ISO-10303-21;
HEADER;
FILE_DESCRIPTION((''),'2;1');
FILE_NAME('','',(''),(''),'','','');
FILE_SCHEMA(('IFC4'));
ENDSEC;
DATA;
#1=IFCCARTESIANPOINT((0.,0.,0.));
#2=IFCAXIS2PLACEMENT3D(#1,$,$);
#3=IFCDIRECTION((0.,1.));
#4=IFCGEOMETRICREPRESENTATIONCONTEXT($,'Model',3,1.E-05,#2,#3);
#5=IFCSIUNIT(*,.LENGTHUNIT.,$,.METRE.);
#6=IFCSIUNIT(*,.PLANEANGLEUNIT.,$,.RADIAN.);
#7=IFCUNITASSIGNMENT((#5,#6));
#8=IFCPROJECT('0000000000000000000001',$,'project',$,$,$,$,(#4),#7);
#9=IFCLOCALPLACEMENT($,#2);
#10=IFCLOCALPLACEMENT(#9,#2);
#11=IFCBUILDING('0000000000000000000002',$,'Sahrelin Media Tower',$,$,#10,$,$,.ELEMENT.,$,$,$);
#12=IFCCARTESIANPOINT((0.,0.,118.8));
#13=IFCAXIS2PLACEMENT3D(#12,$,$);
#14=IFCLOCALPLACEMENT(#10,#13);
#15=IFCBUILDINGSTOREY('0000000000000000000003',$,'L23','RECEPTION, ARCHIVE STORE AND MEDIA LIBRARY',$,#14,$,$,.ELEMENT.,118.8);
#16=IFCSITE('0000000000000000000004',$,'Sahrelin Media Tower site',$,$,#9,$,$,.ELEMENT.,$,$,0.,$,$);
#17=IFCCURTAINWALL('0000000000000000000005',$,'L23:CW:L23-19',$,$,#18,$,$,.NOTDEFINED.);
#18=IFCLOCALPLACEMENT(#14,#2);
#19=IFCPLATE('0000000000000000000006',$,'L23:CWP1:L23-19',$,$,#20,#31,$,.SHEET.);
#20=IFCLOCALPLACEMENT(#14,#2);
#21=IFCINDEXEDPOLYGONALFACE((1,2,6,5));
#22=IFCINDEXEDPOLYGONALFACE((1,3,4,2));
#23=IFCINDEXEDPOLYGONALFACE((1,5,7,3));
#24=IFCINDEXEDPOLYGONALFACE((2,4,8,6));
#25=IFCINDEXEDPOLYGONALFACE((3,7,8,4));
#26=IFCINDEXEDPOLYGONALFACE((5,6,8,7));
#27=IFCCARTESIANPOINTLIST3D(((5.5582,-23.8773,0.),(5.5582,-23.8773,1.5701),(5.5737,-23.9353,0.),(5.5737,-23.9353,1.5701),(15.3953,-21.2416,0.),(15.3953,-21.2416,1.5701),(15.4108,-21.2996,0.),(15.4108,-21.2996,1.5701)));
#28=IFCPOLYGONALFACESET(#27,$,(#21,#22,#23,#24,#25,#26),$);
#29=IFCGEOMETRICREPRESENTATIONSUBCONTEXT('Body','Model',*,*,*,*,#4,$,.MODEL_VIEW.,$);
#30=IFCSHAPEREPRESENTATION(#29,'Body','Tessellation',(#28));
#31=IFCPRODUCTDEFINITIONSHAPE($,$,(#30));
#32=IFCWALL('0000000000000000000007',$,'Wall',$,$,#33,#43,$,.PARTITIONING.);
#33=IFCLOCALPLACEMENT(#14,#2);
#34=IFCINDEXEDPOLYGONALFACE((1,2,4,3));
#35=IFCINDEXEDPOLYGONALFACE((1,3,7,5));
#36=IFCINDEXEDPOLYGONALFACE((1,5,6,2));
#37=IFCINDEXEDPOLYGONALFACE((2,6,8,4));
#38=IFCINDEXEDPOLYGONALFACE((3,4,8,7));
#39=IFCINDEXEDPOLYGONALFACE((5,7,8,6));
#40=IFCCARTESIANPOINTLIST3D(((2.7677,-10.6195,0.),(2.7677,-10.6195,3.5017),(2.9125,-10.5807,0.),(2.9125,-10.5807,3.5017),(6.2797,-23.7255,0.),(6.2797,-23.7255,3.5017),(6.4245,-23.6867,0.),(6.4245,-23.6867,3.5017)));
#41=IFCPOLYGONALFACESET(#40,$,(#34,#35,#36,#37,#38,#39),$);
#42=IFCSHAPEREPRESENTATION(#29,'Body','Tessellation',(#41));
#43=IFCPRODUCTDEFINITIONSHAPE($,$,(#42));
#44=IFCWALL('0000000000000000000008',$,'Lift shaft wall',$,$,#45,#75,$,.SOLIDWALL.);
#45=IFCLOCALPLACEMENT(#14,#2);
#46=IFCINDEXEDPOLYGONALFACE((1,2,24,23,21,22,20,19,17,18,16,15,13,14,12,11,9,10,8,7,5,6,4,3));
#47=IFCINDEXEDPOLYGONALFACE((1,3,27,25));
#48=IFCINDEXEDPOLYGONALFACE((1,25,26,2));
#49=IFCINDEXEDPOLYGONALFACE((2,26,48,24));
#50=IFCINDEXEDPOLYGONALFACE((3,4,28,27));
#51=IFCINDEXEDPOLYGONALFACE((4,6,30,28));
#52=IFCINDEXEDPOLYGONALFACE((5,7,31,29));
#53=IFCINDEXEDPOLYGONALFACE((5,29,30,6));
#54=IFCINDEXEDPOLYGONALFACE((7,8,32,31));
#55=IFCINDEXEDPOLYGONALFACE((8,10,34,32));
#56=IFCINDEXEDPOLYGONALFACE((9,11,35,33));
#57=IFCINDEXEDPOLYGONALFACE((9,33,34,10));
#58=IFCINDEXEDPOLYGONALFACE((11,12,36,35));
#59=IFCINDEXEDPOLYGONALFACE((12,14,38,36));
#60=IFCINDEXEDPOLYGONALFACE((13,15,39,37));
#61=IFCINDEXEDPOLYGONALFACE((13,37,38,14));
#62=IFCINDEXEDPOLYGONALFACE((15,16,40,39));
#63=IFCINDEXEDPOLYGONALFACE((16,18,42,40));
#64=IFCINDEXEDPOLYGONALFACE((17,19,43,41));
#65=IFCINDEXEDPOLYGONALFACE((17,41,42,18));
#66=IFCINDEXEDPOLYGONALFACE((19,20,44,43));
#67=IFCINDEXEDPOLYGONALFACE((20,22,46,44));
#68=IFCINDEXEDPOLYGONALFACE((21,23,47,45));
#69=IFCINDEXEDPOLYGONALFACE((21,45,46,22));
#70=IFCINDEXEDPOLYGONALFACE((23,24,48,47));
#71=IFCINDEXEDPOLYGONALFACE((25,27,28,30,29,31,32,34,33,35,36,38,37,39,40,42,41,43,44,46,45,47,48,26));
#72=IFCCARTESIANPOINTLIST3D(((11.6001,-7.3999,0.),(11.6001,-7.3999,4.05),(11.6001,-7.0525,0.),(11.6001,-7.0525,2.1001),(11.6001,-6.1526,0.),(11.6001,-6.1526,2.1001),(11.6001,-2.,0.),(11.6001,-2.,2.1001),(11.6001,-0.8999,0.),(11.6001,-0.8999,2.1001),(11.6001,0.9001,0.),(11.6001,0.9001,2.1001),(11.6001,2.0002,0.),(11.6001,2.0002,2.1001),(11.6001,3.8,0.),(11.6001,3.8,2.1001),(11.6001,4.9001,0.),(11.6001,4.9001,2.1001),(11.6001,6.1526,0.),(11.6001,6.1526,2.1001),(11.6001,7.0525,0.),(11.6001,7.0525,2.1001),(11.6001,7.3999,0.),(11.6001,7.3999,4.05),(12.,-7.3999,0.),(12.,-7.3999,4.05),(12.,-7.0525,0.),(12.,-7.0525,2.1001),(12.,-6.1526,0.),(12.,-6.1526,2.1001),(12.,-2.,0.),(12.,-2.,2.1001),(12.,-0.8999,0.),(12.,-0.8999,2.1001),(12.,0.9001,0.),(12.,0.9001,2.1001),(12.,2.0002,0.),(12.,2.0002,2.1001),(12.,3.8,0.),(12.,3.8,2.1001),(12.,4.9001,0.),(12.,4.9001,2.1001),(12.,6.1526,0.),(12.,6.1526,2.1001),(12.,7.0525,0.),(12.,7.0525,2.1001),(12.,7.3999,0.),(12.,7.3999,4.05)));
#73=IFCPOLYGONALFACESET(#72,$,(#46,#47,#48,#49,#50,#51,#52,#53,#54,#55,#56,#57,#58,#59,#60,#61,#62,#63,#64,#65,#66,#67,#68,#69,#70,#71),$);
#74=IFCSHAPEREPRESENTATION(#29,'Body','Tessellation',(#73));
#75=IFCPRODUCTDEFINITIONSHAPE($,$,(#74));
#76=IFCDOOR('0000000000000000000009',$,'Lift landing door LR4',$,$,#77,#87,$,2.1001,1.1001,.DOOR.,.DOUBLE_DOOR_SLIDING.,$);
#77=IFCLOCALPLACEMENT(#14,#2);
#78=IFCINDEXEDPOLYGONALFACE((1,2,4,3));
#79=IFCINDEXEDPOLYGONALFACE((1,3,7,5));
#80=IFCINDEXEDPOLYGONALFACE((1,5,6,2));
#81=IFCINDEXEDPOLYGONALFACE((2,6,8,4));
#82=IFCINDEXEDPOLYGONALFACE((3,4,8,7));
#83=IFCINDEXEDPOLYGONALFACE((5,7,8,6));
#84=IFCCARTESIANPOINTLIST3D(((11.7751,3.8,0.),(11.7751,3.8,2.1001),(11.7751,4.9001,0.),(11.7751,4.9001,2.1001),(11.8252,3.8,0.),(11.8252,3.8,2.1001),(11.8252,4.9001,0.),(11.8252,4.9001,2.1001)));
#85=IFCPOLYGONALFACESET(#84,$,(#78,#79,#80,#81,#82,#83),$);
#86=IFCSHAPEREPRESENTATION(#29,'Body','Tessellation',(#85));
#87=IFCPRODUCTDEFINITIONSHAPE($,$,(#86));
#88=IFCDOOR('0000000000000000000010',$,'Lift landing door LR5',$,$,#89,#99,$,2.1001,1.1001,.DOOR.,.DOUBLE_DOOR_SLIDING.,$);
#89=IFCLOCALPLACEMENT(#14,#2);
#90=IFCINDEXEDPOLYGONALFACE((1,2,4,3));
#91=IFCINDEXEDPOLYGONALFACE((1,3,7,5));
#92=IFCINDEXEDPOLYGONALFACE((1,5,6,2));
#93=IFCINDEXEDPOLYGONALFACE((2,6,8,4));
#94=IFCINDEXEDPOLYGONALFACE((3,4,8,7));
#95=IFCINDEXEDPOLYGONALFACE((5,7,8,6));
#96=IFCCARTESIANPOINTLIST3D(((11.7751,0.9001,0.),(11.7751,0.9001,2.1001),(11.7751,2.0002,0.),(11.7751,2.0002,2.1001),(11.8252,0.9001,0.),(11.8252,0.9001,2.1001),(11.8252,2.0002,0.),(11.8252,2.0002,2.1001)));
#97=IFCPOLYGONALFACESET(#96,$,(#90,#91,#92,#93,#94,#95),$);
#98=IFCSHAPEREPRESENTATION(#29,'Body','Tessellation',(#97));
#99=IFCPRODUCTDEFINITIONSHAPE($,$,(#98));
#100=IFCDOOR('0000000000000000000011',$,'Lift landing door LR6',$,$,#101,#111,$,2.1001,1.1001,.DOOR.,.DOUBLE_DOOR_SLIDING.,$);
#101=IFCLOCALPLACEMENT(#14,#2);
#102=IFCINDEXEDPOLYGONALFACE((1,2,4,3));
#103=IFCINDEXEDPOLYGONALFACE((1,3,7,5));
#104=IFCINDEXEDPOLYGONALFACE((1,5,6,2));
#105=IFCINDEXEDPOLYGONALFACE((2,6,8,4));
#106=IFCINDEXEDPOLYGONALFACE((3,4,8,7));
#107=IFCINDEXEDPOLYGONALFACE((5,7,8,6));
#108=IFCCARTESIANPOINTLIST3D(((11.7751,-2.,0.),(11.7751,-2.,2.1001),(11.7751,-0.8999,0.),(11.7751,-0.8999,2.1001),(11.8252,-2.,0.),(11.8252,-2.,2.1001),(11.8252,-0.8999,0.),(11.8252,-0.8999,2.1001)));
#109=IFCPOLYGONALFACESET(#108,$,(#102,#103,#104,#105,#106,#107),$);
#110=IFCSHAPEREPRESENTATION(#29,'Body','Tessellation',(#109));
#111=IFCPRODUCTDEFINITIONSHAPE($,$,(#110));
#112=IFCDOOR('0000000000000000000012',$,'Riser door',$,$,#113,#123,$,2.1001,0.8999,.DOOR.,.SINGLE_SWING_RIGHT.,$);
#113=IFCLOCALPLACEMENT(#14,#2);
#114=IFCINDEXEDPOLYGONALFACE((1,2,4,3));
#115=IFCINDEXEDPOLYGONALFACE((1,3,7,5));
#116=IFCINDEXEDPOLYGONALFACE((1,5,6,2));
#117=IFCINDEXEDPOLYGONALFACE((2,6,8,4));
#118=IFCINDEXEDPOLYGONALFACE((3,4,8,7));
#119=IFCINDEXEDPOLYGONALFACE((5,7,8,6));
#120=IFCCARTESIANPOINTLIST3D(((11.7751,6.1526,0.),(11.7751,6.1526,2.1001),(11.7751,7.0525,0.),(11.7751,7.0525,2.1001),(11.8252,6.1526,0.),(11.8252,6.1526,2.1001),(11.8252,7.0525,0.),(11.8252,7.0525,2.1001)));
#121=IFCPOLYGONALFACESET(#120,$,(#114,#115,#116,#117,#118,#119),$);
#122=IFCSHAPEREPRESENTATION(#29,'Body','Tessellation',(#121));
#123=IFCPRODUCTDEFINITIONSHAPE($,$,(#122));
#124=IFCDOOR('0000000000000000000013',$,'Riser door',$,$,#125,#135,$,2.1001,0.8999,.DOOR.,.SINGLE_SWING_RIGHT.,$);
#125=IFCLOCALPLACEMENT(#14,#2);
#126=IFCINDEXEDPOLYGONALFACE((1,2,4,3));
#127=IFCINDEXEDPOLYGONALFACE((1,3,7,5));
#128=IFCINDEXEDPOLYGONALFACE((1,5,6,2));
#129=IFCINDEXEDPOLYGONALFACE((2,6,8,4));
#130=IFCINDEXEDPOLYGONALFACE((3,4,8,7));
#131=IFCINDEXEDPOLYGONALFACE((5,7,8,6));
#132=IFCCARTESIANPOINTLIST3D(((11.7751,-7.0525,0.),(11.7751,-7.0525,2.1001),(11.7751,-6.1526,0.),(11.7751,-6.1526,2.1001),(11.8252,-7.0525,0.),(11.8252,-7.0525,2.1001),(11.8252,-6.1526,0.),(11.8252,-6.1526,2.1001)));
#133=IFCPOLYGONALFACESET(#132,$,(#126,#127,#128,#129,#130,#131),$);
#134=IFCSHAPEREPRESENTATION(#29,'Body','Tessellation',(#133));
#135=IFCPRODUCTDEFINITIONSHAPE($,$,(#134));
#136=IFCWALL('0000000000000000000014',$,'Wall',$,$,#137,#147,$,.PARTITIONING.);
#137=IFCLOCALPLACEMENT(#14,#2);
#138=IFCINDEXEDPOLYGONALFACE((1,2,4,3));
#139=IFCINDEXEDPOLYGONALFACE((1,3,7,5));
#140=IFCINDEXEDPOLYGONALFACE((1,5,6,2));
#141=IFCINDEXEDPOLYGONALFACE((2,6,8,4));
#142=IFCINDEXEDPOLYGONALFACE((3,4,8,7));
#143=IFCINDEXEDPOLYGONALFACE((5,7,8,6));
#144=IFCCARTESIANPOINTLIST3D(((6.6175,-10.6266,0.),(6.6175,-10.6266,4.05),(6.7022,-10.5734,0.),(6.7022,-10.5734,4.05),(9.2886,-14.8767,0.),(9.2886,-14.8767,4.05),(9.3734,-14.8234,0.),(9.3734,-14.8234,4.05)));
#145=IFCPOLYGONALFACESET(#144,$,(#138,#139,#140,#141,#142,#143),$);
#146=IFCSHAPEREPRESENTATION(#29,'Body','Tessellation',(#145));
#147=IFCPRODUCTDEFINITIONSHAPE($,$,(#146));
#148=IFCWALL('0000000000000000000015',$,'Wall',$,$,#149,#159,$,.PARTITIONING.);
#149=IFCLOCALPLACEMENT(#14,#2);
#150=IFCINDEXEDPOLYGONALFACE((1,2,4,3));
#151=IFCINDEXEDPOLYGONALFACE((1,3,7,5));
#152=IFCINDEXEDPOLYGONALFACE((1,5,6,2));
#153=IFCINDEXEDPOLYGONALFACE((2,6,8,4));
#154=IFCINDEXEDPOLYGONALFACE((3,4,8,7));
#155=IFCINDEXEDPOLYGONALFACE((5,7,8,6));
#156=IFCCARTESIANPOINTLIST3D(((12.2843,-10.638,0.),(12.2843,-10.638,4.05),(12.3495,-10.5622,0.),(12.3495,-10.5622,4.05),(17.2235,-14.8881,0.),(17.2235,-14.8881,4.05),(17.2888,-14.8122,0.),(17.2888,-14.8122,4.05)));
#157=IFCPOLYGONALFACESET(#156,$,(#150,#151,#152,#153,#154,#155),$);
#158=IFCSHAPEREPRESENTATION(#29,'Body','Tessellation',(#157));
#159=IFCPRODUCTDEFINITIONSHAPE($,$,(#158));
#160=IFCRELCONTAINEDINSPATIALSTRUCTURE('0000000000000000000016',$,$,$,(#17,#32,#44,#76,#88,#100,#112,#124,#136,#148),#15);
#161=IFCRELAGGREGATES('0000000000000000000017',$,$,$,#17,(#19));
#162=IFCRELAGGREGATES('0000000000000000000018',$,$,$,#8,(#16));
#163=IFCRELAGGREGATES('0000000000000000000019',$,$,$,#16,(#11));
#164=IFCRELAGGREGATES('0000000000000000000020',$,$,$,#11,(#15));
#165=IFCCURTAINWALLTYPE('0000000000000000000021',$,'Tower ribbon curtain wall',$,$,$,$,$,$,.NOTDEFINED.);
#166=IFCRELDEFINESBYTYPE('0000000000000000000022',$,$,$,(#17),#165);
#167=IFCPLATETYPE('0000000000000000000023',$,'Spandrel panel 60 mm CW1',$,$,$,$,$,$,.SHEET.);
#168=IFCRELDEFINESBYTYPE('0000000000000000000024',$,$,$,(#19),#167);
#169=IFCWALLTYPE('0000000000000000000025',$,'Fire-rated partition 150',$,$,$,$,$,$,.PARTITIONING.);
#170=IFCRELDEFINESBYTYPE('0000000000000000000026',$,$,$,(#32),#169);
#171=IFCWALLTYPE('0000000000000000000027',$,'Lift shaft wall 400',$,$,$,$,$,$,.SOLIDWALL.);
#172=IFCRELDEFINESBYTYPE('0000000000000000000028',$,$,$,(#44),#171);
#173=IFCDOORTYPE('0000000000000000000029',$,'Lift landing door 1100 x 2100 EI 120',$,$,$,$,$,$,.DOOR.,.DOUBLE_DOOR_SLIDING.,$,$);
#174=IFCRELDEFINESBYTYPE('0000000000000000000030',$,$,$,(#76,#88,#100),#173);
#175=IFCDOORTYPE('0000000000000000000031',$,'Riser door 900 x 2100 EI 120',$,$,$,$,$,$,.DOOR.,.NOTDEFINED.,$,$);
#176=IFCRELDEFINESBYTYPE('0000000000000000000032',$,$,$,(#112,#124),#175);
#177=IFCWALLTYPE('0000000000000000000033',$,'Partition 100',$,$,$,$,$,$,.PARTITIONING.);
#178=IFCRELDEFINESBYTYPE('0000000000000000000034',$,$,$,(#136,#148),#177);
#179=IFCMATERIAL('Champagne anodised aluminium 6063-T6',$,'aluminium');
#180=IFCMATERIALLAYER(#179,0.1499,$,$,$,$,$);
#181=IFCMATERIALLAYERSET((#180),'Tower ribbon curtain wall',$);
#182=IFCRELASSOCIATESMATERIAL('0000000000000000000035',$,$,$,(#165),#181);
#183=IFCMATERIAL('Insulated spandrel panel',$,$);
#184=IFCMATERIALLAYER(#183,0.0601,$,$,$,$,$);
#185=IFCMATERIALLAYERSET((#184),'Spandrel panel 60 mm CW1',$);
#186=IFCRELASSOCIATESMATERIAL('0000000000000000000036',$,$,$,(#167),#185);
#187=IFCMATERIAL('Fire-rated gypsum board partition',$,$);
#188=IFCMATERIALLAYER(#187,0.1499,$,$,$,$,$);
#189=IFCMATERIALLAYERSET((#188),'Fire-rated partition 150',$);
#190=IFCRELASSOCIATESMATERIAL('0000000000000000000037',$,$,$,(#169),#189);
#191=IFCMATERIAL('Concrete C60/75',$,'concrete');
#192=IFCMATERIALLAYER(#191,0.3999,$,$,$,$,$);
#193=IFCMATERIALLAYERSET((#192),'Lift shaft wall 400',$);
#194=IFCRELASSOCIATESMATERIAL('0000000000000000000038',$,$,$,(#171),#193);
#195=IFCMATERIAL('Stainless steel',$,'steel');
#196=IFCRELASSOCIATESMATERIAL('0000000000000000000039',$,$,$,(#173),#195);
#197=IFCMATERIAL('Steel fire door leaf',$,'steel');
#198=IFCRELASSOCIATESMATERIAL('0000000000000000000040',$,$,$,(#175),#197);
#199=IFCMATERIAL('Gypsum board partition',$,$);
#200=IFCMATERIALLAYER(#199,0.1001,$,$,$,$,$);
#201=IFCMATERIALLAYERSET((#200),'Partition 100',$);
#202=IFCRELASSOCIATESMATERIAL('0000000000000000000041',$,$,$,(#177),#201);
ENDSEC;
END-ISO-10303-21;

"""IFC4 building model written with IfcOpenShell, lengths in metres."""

from ifc_helpers import new_model, si_unit, direction, frame, frame_2d, origin, place, context, subcontext, project, spatial, polyline, rectangle, outline, extrude, material, layer, layer_set, type_object, element, fill, aggregate, save


model = new_model("IFC4")

# Units and contexts
model_context = context("Model", 3, precision=1e-05, world=origin(), true_north=direction((0.0, 1.0)))
body_context = subcontext(model_context, "Body", "Model", "MODEL_VIEW")
ifc_project = project(units=[si_unit("LENGTHUNIT", "METRE"), si_unit("PLANEANGLEUNIT", "RADIAN")], contexts=[model_context])

# Site, building, storey
site_placement = place(None, origin())
site = spatial("IfcSite", under=ifc_project, at=site_placement, Name="Sahrelin Media Tower site", CompositionType="ELEMENT", RefElevation=0.0)
building_placement = place(site_placement, origin())
building = spatial("IfcBuilding", under=site, at=building_placement, Name="Sahrelin Media Tower", CompositionType="ELEMENT")
storey_placement = place(building_placement, frame((0.0, 0.0, 118.8)))
storey = spatial("IfcBuildingStorey", under=building, at=storey_placement, Name="L23", Description="RECEPTION, ARCHIVE STORE AND MEDIA LIBRARY", CompositionType="ELEMENT", Elevation=118.8)

# Curtain wall
ifc_material_1 = material(Name="Champagne anodised aluminium 6063-T6", Category="aluminium")
ifc_layer_1 = layer(ifc_material_1, 0.1499)
ifc_layer_set_1 = layer_set([ifc_layer_1], Name="Tower ribbon curtain wall")
curtain_wall_type = type_object("IfcCurtainWallType", Name="Tower ribbon curtain wall", PredefinedType="NOTDEFINED", material=ifc_layer_set_1)
curtain_wall_1_placement = place(storey_placement, frame((10.4871, -22.5981, 0.0), z_axis=(0.0, 0.0, 1.0), x_axis=(1.0, 0.0, 0.0)))
curtain_wall_1 = element("IfcCurtainWall", 1, at=curtain_wall_1_placement, inside=storey, type_object=curtain_wall_type, Name="L23:CW:L23-19", PredefinedType="NOTDEFINED")

# Plate
ifc_material_2 = material(Name="Insulated spandrel panel")
ifc_layer_2 = layer(ifc_material_2, 0.0601)
ifc_layer_set_2 = layer_set([ifc_layer_2], Name="Spandrel panel 60 mm CW1")
plate_type_1 = type_object("IfcPlateType", Name="Spandrel panel 60 mm CW1", PredefinedType="SHEET", material=ifc_layer_set_2)
plate_1_placement = place(storey_placement, frame((5.5737, -23.9353, 0.0), z_axis=(0.258808, -0.965929, 0.0), x_axis=(0.965929, 0.258808, 0.0)))
plate_1 = element("IfcPlate", 2, at=plate_1_placement, type_object=plate_type_1, Name="L23:CWP1:L23-19", PredefinedType="SHEET", context=body_context, shape_type="SweptSolid", body=[
    extrude(outline(polyline([(0.0, 0.0), (10.1841, 0.0), (10.1841, 1.5701), (0.0, 1.5701), (0.0, 0.0)])), origin(), (0.0, 0.0, -1.0), 0.0601),
])
aggregate(curtain_wall_1, [plate_1])

# Wall
ifc_material_3 = material(Name="Fire-rated gypsum board partition")
ifc_layer_3 = layer(ifc_material_3, 0.1499)
ifc_layer_set_3 = layer_set([ifc_layer_3], Name="Fire-rated partition 150")
wall_type_1 = type_object("IfcWallType", Name="Fire-rated partition 150", PredefinedType="PARTITIONING", material=ifc_layer_set_3)
wall_1_placement = place(storey_placement, frame((2.8401, -10.6001, 0.0), z_axis=(0.0, 0.0, 1.0), x_axis=(0.258835, -0.965922, 0.0)))
element("IfcWall", 3, at=wall_1_placement, inside=storey, type_object=wall_type_1, Name="Wall", PredefinedType="PARTITIONING", context=body_context, shape_type="SweptSolid", body=[
    extrude(rectangle(XDim=13.5684, YDim=0.1499, at=frame_2d((6.7842, 0.0))), origin(), (0.0, 0.0, 1.0), 3.5017),
])

# Wall, openings, doors
ifc_material_4 = material(Name="Concrete C60/75", Category="concrete")
ifc_layer_4 = layer(ifc_material_4, 0.3999)
ifc_layer_set_4 = layer_set([ifc_layer_4], Name="Lift shaft wall 400")
wall_type_2 = type_object("IfcWallType", Name="Lift shaft wall 400", PredefinedType="SOLIDWALL", material=ifc_layer_set_4)
wall_2_placement = place(storey_placement, frame((11.8, -7.3999, 0.0), z_axis=(0.0, 0.0, 1.0), x_axis=(0.0, 1.0, 0.0)))
wall_2 = element("IfcWall", 4, at=wall_2_placement, inside=storey, type_object=wall_type_2, Name="Lift shaft wall", PredefinedType="SOLIDWALL", context=body_context, shape_type="SweptSolid", body=[
    extrude(rectangle(XDim=14.7998, YDim=0.3999, at=frame_2d((7.3999, 0.0))), origin(), (0.0, 0.0, 1.0), 4.05),
])
opening_1_placement = place(wall_2_placement, frame((11.2, 0.0, 0.0)))
opening_1 = element("IfcOpeningElement", 5, at=opening_1_placement, cuts=wall_2, PredefinedType="OPENING", context=body_context, shape_type="SweptSolid", body=[
    extrude(rectangle(XDim=1.1001, YDim=2.1001, at=frame_2d((0.55, 1.05))), frame((0.0, 0.2, 0.0), z_axis=(0.0, -1.0, 0.0), x_axis=(1.0, 0.0, 0.0)), (0.0, 0.0, 1.0), 0.3999),
])
opening_2_placement = place(wall_2_placement, frame((8.3, 0.0, 0.0)))
opening_2 = element("IfcOpeningElement", 6, at=opening_2_placement, cuts=wall_2, PredefinedType="OPENING", context=body_context, shape_type="SweptSolid", body=[
    extrude(rectangle(XDim=1.1001, YDim=2.1001, at=frame_2d((0.55, 1.05))), frame((0.0, 0.2, 0.0), z_axis=(0.0, -1.0, 0.0), x_axis=(1.0, 0.0, 0.0)), (0.0, 0.0, 1.0), 0.3999),
])
opening_3_placement = place(wall_2_placement, frame((5.3999, 0.0, 0.0)))
opening_3 = element("IfcOpeningElement", 7, at=opening_3_placement, cuts=wall_2, PredefinedType="OPENING", context=body_context, shape_type="SweptSolid", body=[
    extrude(rectangle(XDim=1.1001, YDim=2.1001, at=frame_2d((0.55, 1.05))), frame((0.0, 0.2, 0.0), z_axis=(0.0, -1.0, 0.0), x_axis=(1.0, 0.0, 0.0)), (0.0, 0.0, 1.0), 0.3999),
])
opening_4_placement = place(wall_2_placement, frame((13.5525, 0.0, 0.0)))
opening_4 = element("IfcOpeningElement", 8, at=opening_4_placement, cuts=wall_2, PredefinedType="OPENING", context=body_context, shape_type="SweptSolid", body=[
    extrude(rectangle(XDim=0.8999, YDim=2.1001, at=frame_2d((0.45, 1.05))), frame((0.0, 0.2, 0.0), z_axis=(0.0, -1.0, 0.0), x_axis=(1.0, 0.0, 0.0)), (0.0, 0.0, 1.0), 0.3999),
])
opening_5_placement = place(wall_2_placement, frame((0.3474, 0.0, 0.0)))
opening_5 = element("IfcOpeningElement", 9, at=opening_5_placement, cuts=wall_2, PredefinedType="OPENING", context=body_context, shape_type="SweptSolid", body=[
    extrude(rectangle(XDim=0.8999, YDim=2.1001, at=frame_2d((0.45, 1.05))), frame((0.0, 0.2, 0.0), z_axis=(0.0, -1.0, 0.0), x_axis=(1.0, 0.0, 0.0)), (0.0, 0.0, 1.0), 0.3999),
])
ifc_material_5 = material(Name="Stainless steel", Category="steel")
door_type_1 = type_object("IfcDoorType", Name="Lift landing door 1100 x 2100 EI 120", OperationType="DOUBLE_DOOR_SLIDING", PredefinedType="DOOR", material=ifc_material_5)
door_1_placement = place(opening_1_placement, origin())
door_1 = element("IfcDoor", 10, at=door_1_placement, inside=storey, type_object=door_type_1, Name="Lift landing door LR4", OperationType="DOUBLE_DOOR_SLIDING", OverallHeight=2.1001, OverallWidth=1.1001, PredefinedType="DOOR", context=body_context, shape_type="SweptSolid", body=[
    extrude(rectangle(XDim=1.1001, YDim=2.1001, at=frame_2d((0.55, 1.05))), frame((0.0, 0.0249, 0.0), z_axis=(0.0, -1.0, 0.0), x_axis=(1.0, 0.0, 0.0)), (0.0, 0.0, 1.0), 0.05),
])
fill(opening_1, door_1)
door_2_placement = place(opening_2_placement, origin())
door_2 = element("IfcDoor", 11, at=door_2_placement, inside=storey, type_object=door_type_1, Name="Lift landing door LR5", OperationType="DOUBLE_DOOR_SLIDING", OverallHeight=2.1001, OverallWidth=1.1001, PredefinedType="DOOR", context=body_context, shape_type="SweptSolid", body=[
    extrude(rectangle(XDim=1.1001, YDim=2.1001, at=frame_2d((0.55, 1.05))), frame((0.0, 0.0249, 0.0), z_axis=(0.0, -1.0, 0.0), x_axis=(1.0, 0.0, 0.0)), (0.0, 0.0, 1.0), 0.05),
])
fill(opening_2, door_2)
door_3_placement = place(opening_3_placement, origin())
door_3 = element("IfcDoor", 12, at=door_3_placement, inside=storey, type_object=door_type_1, Name="Lift landing door LR6", OperationType="DOUBLE_DOOR_SLIDING", OverallHeight=2.1001, OverallWidth=1.1001, PredefinedType="DOOR", context=body_context, shape_type="SweptSolid", body=[
    extrude(rectangle(XDim=1.1001, YDim=2.1001, at=frame_2d((0.55, 1.05))), frame((0.0, 0.0249, 0.0), z_axis=(0.0, -1.0, 0.0), x_axis=(1.0, 0.0, 0.0)), (0.0, 0.0, 1.0), 0.05),
])
fill(opening_3, door_3)
ifc_material_6 = material(Name="Steel fire door leaf", Category="steel")
door_type_2 = type_object("IfcDoorType", Name="Riser door 900 x 2100 EI 120", OperationType="NOTDEFINED", PredefinedType="DOOR", material=ifc_material_6)
door_4_placement = place(opening_4_placement, origin())
door_4 = element("IfcDoor", 13, at=door_4_placement, inside=storey, type_object=door_type_2, Name="Riser door", OperationType="SINGLE_SWING_RIGHT", OverallHeight=2.1001, OverallWidth=0.8999, PredefinedType="DOOR", context=body_context, shape_type="SweptSolid", body=[
    extrude(rectangle(XDim=0.8999, YDim=2.1001, at=frame_2d((0.45, 1.05))), frame((0.0, 0.0249, 0.0), z_axis=(0.0, -1.0, 0.0), x_axis=(1.0, 0.0, 0.0)), (0.0, 0.0, 1.0), 0.05),
])
fill(opening_4, door_4)
door_5_placement = place(opening_5_placement, origin())
door_5 = element("IfcDoor", 14, at=door_5_placement, inside=storey, type_object=door_type_2, Name="Riser door", OperationType="SINGLE_SWING_RIGHT", OverallHeight=2.1001, OverallWidth=0.8999, PredefinedType="DOOR", context=body_context, shape_type="SweptSolid", body=[
    extrude(rectangle(XDim=0.8999, YDim=2.1001, at=frame_2d((0.45, 1.05))), frame((0.0, 0.0249, 0.0), z_axis=(0.0, -1.0, 0.0), x_axis=(1.0, 0.0, 0.0)), (0.0, 0.0, 1.0), 0.05),
])
fill(opening_5, door_5)

# Walls
ifc_material_7 = material(Name="Gypsum board partition")
ifc_layer_5 = layer(ifc_material_7, 0.1001)
ifc_layer_set_5 = layer_set([ifc_layer_5], Name="Partition 100")
wall_type_3 = type_object("IfcWallType", Name="Partition 100", PredefinedType="PARTITIONING", material=ifc_layer_set_5)
wall_3_placement = place(storey_placement, frame((6.6599, -10.6001, 0.0), z_axis=(0.0, 0.0, 1.0), x_axis=(0.532131, -0.846662, 0.0)))
element("IfcWall", 15, at=wall_3_placement, inside=storey, type_object=wall_type_3, Name="Wall", PredefinedType="PARTITIONING", context=body_context, shape_type="SweptSolid", body=[
    extrude(rectangle(XDim=5.0198, YDim=0.1001, at=frame_2d((2.5098, 0.0))), origin(), (0.0, 0.0, 1.0), 4.05),
])
wall_4_placement = place(storey_placement, frame((12.3169, -10.6001, 0.0), z_axis=(0.0, 0.0, 1.0), x_axis=(0.758012, -0.65224, 0.0)))
element("IfcWall", 16, at=wall_4_placement, inside=storey, type_object=wall_type_3, Name="Wall", PredefinedType="PARTITIONING", context=body_context, shape_type="SweptSolid", body=[
    extrude(rectangle(XDim=6.5161, YDim=0.1001, at=frame_2d((3.2581, 0.0))), origin(), (0.0, 0.0, 1.0), 4.05),
])

save(model, "model.ifc")
